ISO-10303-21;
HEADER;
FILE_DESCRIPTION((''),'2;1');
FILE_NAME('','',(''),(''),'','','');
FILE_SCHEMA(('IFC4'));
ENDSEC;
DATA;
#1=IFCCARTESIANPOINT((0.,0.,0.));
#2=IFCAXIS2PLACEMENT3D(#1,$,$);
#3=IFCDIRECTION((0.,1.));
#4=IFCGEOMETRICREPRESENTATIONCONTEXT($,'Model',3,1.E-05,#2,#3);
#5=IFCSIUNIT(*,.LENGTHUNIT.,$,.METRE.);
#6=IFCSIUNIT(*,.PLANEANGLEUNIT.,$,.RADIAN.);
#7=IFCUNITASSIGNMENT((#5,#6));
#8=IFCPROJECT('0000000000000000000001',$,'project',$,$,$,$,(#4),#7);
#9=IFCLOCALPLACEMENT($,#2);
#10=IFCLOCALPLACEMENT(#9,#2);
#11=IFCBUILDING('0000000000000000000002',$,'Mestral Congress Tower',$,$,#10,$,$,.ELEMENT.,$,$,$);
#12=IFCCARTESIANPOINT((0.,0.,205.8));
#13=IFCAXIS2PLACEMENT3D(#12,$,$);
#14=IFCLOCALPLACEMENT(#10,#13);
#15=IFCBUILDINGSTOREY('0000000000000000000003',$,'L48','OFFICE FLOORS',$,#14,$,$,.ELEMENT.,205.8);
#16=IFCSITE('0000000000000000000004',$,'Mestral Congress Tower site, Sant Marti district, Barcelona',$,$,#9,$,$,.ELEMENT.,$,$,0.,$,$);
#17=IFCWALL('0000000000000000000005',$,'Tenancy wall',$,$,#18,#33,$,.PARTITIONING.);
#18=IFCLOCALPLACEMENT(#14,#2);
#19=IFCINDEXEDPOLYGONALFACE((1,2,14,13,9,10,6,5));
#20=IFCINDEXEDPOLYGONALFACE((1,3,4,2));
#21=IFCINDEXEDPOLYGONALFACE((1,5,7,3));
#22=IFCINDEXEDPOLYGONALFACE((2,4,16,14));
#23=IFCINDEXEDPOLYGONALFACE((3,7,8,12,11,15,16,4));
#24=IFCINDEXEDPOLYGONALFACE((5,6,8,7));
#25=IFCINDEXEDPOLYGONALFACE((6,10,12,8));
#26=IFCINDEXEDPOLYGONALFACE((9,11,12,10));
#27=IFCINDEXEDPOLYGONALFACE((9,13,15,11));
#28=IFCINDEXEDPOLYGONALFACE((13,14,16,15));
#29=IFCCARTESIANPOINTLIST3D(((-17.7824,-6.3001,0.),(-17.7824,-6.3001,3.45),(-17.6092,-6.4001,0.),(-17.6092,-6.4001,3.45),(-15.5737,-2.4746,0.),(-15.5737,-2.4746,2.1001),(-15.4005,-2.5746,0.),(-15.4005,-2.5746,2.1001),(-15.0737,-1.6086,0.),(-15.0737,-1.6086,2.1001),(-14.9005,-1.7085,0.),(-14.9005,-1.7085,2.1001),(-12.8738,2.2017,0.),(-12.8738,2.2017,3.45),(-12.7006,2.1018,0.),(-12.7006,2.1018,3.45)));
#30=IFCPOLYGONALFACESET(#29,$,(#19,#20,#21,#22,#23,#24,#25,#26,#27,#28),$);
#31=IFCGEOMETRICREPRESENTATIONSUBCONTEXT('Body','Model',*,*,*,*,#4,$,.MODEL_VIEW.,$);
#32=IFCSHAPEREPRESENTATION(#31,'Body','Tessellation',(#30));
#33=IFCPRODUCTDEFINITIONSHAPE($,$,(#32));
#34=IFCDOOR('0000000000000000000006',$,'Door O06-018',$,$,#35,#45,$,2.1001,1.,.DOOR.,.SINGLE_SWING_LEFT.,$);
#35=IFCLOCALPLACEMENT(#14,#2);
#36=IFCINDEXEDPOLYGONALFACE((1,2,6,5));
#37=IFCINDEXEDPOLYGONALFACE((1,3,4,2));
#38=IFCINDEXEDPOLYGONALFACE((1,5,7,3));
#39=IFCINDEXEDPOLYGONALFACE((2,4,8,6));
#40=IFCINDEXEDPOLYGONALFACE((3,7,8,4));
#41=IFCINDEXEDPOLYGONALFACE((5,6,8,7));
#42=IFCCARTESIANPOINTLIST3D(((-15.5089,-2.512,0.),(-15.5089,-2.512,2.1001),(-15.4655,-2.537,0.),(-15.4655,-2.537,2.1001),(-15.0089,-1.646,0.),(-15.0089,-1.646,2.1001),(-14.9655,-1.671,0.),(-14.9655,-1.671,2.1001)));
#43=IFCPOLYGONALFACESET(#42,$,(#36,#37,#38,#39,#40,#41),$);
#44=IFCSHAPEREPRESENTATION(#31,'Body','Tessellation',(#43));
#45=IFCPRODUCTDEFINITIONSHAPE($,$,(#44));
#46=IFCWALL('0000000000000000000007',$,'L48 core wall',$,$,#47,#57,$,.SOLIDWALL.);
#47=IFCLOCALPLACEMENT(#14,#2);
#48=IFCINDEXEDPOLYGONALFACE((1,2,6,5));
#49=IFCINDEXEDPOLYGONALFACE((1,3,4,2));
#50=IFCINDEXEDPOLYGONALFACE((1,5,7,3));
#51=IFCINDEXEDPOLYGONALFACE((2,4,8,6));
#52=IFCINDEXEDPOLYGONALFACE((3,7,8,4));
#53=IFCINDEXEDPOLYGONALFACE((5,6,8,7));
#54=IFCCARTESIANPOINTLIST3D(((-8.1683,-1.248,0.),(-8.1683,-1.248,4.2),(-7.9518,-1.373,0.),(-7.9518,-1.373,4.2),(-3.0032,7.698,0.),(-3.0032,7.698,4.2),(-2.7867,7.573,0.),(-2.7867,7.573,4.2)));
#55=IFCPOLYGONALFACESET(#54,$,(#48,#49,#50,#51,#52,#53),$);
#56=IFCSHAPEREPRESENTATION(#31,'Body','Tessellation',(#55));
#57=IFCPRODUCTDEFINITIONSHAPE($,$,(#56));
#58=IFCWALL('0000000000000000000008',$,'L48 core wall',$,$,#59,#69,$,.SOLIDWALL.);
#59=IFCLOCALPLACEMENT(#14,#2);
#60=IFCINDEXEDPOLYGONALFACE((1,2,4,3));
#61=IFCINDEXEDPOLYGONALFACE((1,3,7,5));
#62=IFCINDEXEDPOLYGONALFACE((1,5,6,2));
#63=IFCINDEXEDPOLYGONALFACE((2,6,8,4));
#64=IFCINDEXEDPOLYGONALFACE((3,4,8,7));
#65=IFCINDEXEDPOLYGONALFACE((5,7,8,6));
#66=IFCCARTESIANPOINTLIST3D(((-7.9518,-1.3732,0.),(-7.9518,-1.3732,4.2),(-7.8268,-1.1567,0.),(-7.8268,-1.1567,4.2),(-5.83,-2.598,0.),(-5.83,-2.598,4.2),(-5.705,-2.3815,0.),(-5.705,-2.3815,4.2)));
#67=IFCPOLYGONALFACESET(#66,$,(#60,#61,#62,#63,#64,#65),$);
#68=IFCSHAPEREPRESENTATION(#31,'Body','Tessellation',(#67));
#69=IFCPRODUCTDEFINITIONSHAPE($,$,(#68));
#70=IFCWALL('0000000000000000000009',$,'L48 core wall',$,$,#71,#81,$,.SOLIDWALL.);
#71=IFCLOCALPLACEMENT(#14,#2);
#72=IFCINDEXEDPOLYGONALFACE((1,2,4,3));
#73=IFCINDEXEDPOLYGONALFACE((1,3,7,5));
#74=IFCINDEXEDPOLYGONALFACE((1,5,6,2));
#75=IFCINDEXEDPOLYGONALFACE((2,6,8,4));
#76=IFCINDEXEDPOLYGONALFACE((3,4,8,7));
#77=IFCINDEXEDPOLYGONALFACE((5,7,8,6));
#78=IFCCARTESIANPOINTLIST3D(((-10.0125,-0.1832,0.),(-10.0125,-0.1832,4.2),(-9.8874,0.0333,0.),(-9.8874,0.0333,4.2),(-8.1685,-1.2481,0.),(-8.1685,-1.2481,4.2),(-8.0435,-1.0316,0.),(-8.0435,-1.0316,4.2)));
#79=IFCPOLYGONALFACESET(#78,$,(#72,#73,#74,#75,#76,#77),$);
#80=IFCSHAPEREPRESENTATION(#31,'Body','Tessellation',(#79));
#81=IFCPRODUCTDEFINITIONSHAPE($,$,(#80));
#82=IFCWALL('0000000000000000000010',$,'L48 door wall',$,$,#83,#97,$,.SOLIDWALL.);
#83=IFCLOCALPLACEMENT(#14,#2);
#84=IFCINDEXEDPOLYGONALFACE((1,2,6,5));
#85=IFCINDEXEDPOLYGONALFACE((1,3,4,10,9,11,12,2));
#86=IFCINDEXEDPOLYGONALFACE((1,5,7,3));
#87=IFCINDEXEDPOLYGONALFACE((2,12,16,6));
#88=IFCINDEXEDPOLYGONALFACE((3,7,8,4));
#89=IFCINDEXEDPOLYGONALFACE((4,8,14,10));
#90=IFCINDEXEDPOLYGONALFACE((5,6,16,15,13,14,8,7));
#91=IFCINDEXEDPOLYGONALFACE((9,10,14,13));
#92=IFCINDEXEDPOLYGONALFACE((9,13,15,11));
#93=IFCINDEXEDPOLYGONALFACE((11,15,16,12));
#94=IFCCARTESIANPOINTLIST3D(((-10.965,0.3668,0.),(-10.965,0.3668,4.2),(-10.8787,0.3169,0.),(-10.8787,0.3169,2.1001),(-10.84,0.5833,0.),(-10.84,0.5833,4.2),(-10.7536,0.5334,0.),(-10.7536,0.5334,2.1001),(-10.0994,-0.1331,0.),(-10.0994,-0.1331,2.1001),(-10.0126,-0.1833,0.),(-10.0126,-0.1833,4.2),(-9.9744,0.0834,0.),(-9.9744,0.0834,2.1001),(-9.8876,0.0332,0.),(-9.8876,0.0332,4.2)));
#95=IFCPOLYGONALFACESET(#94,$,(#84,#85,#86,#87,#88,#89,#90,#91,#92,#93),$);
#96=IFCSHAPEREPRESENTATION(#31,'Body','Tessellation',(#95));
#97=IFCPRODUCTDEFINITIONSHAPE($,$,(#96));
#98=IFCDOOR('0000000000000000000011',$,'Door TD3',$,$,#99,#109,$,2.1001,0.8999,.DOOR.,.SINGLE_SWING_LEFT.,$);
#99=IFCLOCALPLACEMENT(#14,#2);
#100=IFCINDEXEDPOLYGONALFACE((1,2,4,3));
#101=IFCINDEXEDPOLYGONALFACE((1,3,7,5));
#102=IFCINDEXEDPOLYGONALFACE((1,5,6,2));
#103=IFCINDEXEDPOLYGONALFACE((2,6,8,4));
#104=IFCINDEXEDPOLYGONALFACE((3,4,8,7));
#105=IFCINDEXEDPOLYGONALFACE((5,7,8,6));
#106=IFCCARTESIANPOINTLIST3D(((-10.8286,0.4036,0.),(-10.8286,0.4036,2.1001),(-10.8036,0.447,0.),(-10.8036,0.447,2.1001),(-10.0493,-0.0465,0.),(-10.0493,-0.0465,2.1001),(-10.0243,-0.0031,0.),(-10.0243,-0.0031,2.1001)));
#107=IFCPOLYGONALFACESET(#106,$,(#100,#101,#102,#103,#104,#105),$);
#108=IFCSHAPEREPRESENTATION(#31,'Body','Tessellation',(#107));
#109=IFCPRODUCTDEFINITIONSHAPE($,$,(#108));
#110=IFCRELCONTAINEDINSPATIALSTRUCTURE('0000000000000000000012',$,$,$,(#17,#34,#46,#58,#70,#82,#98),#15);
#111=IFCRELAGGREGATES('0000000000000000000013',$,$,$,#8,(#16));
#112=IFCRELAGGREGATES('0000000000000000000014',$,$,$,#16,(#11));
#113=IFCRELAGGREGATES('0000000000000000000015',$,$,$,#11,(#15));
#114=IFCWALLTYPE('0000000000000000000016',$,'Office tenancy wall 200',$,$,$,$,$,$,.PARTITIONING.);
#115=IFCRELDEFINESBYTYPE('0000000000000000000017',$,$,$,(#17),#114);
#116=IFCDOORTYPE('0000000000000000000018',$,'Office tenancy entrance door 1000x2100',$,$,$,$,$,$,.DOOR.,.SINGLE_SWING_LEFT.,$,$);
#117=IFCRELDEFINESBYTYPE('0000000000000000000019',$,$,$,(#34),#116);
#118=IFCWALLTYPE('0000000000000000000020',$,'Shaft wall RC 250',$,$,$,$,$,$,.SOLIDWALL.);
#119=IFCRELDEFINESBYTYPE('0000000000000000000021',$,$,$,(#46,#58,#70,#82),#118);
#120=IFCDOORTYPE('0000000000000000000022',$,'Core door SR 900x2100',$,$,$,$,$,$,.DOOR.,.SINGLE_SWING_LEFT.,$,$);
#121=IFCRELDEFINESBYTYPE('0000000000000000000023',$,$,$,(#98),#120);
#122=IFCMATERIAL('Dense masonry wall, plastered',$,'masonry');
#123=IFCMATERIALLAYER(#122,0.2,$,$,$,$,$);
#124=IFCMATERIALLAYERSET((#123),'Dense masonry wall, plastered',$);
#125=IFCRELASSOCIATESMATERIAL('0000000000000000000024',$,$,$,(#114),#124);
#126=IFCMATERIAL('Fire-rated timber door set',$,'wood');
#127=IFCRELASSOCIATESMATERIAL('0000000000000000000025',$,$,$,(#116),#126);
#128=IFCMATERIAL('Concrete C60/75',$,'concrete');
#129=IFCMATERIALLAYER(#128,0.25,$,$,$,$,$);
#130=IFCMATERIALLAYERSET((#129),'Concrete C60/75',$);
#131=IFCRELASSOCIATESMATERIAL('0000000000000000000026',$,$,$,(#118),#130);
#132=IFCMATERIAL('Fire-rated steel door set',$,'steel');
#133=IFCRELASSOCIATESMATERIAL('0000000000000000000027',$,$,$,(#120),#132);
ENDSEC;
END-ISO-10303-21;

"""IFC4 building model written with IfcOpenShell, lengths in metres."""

from ifc_helpers import new_model, si_unit, direction, frame, frame_2d, origin, place, context, subcontext, project, spatial, rectangle, extrude, material, layer, layer_set, type_object, element, fill, save


model = new_model("IFC4")

# Units and contexts
model_context = context("Model", 3, precision=1e-05, world=origin(), true_north=direction((0.0, 1.0)))
body_context = subcontext(model_context, "Body", "Model", "MODEL_VIEW")
ifc_project = project(units=[si_unit("LENGTHUNIT", "METRE"), si_unit("PLANEANGLEUNIT", "RADIAN")], contexts=[model_context])

# Site, building, storey
site_placement = place(None, origin())
site = spatial("IfcSite", under=ifc_project, at=site_placement, Name="Mestral Congress Tower site, Sant Marti district, Barcelona", CompositionType="ELEMENT", RefElevation=0.0)
building_placement = place(site_placement, origin())
building = spatial("IfcBuilding", under=site, at=building_placement, Name="Mestral Congress Tower", CompositionType="ELEMENT")
storey_placement = place(building_placement, frame((0.0, 0.0, 205.8)))
storey = spatial("IfcBuildingStorey", under=building, at=storey_placement, Name="L48", Description="OFFICE FLOORS", CompositionType="ELEMENT", Elevation=205.8)

# Shared definitions
ifc_material_1 = material(Name="Concrete C60/75", Category="concrete")

# Wall, opening, door
ifc_material_2 = material(Name="Dense masonry wall, plastered", Category="masonry")
ifc_layer_1 = layer(ifc_material_2, 0.2)
ifc_layer_set_1 = layer_set([ifc_layer_1], Name="Dense masonry wall, plastered")
wall_type_1 = type_object("IfcWallType", Name="Office tenancy wall 200", PredefinedType="PARTITIONING", material=ifc_layer_set_1)
wall_1_placement = place(storey_placement, frame((-12.7871, 2.1519, 0.0), z_axis=(0.0, 0.0, 1.0), x_axis=(-0.500007, -0.866022, 0.0)))
wall_1 = element("IfcWall", 1, at=wall_1_placement, inside=storey, type_object=wall_type_1, Name="Tenancy wall", PredefinedType="PARTITIONING", context=body_context, shape_type="SweptSolid", body=[
    extrude(rectangle(XDim=9.8171, YDim=0.2, at=frame_2d((4.9087, 0.0))), origin(), (0.0, 0.0, 1.0), 3.45),
])
opening_1_placement = place(wall_1_placement, frame((4.3999, 0.0, 0.0)))
opening_1 = element("IfcOpeningElement", 2, at=opening_1_placement, cuts=wall_1, PredefinedType="OPENING", context=body_context, shape_type="SweptSolid", body=[
    extrude(rectangle(XDim=1.0, YDim=2.1001, at=frame_2d((0.5, 1.05))), frame((0.0, 0.1099, 0.0), z_axis=(0.0, -1.0, 0.0), x_axis=(1.0, 0.0, 0.0)), (0.0, 0.0, 1.0), 0.22),
])
ifc_material_3 = material(Name="Fire-rated timber door set", Category="wood")
door_type_1 = type_object("IfcDoorType", Name="Office tenancy entrance door 1000x2100", OperationType="SINGLE_SWING_LEFT", PredefinedType="DOOR", material=ifc_material_3)
door_1_placement = place(opening_1_placement, origin())
door_1 = element("IfcDoor", 3, at=door_1_placement, inside=storey, type_object=door_type_1, Name="Door O06-018", OperationType="SINGLE_SWING_LEFT", OverallHeight=2.1001, OverallWidth=1.0, PredefinedType="DOOR", context=body_context, shape_type="SweptSolid", body=[
    extrude(rectangle(XDim=1.0, YDim=2.1001, at=frame_2d((0.5, 1.05))), frame((0.0, 0.0249, 0.0), z_axis=(0.0, -1.0, 0.0), x_axis=(1.0, 0.0, 0.0)), (0.0, 0.0, 1.0), 0.05),
])
fill(opening_1, door_1)

# Walls
ifc_layer_2 = layer(ifc_material_1, 0.25)
ifc_layer_set_2 = layer_set([ifc_layer_2], Name="Concrete C60/75")
wall_type_2 = type_object("IfcWallType", Name="Shaft wall RC 250", PredefinedType="SOLIDWALL", material=ifc_layer_set_2)
wall_2_placement = place(storey_placement, frame((-8.0601, -1.3105, 0.0), z_axis=(0.0, 0.0, 1.0), x_axis=(0.500003, 0.866024, 0.0)))
element("IfcWall", 4, at=wall_2_placement, inside=storey, type_object=wall_type_2, Name="L48 core wall", PredefinedType="SOLIDWALL", context=body_context, shape_type="SweptSolid", body=[
    extrude(rectangle(XDim=10.3301, YDim=0.25, at=frame_2d((5.165, 0.0))), origin(), (0.0, 0.0, 1.0), 4.2),
])
wall_3_placement = place(storey_placement, frame((-7.8894, -1.2649, 0.0), z_axis=(0.0, 0.0, 1.0), x_axis=(0.866058, -0.499944, 0.0)))
element("IfcWall", 5, at=wall_3_placement, inside=storey, type_object=wall_type_2, Name="L48 core wall", PredefinedType="SOLIDWALL", context=body_context, shape_type="SweptSolid", body=[
    extrude(rectangle(XDim=2.45, YDim=0.25, at=frame_2d((1.2251, 0.0))), origin(), (0.0, 0.0, 1.0), 4.2),
])
wall_4_placement = place(storey_placement, frame((-9.95, -0.075, 0.0), z_axis=(0.0, 0.0, 1.0), x_axis=(0.865962, -0.500109, 0.0)))
element("IfcWall", 6, at=wall_4_placement, inside=storey, type_object=wall_type_2, Name="L48 core wall", PredefinedType="SOLIDWALL", context=body_context, shape_type="SweptSolid", body=[
    extrude(rectangle(XDim=2.1294, YDim=0.25, at=frame_2d((1.0647, 0.0))), origin(), (0.0, 0.0, 1.0), 4.2),
])

# Wall, opening, door
wall_5_placement = place(storey_placement, frame((-9.9502, -0.075, 0.0), z_axis=(0.0, 0.0, 1.0), x_axis=(-0.865953, 0.500126, 0.0)))
wall_5 = element("IfcWall", 7, at=wall_5_placement, inside=storey, type_object=wall_type_2, Name="L48 door wall", PredefinedType="SOLIDWALL", context=body_context, shape_type="SweptSolid", body=[
    extrude(rectangle(XDim=1.0999, YDim=0.25, at=frame_2d((0.5498, 0.0))), origin(), (0.0, 0.0, 1.0), 4.2),
])
opening_2_placement = place(wall_5_placement, frame((0.1001, 0.0, 0.0)))
opening_2 = element("IfcOpeningElement", 8, at=opening_2_placement, cuts=wall_5, PredefinedType="OPENING", context=body_context, shape_type="SweptSolid", body=[
    extrude(rectangle(XDim=0.8999, YDim=2.1001, at=frame_2d((0.45, 1.05))), frame((0.0, 0.135, 0.0), z_axis=(0.0, -1.0, 0.0), x_axis=(1.0, 0.0, 0.0)), (0.0, 0.0, 1.0), 0.27),
])
ifc_material_4 = material(Name="Fire-rated steel door set", Category="steel")
door_type_2 = type_object("IfcDoorType", Name="Core door SR 900x2100", OperationType="SINGLE_SWING_LEFT", PredefinedType="DOOR", material=ifc_material_4)
door_2_placement = place(opening_2_placement, origin())
door_2 = element("IfcDoor", 9, at=door_2_placement, inside=storey, type_object=door_type_2, Name="Door TD3", OperationType="SINGLE_SWING_LEFT", OverallHeight=2.1001, OverallWidth=0.8999, PredefinedType="DOOR", context=body_context, shape_type="SweptSolid", body=[
    extrude(rectangle(XDim=0.8999, YDim=2.1001, at=frame_2d((0.45, 1.05))), frame((0.0, 0.0249, 0.0), z_axis=(0.0, -1.0, 0.0), x_axis=(1.0, 0.0, 0.0)), (0.0, 0.0, 1.0), 0.05),
])
fill(opening_2, door_2)

save(model, "model.ifc")
